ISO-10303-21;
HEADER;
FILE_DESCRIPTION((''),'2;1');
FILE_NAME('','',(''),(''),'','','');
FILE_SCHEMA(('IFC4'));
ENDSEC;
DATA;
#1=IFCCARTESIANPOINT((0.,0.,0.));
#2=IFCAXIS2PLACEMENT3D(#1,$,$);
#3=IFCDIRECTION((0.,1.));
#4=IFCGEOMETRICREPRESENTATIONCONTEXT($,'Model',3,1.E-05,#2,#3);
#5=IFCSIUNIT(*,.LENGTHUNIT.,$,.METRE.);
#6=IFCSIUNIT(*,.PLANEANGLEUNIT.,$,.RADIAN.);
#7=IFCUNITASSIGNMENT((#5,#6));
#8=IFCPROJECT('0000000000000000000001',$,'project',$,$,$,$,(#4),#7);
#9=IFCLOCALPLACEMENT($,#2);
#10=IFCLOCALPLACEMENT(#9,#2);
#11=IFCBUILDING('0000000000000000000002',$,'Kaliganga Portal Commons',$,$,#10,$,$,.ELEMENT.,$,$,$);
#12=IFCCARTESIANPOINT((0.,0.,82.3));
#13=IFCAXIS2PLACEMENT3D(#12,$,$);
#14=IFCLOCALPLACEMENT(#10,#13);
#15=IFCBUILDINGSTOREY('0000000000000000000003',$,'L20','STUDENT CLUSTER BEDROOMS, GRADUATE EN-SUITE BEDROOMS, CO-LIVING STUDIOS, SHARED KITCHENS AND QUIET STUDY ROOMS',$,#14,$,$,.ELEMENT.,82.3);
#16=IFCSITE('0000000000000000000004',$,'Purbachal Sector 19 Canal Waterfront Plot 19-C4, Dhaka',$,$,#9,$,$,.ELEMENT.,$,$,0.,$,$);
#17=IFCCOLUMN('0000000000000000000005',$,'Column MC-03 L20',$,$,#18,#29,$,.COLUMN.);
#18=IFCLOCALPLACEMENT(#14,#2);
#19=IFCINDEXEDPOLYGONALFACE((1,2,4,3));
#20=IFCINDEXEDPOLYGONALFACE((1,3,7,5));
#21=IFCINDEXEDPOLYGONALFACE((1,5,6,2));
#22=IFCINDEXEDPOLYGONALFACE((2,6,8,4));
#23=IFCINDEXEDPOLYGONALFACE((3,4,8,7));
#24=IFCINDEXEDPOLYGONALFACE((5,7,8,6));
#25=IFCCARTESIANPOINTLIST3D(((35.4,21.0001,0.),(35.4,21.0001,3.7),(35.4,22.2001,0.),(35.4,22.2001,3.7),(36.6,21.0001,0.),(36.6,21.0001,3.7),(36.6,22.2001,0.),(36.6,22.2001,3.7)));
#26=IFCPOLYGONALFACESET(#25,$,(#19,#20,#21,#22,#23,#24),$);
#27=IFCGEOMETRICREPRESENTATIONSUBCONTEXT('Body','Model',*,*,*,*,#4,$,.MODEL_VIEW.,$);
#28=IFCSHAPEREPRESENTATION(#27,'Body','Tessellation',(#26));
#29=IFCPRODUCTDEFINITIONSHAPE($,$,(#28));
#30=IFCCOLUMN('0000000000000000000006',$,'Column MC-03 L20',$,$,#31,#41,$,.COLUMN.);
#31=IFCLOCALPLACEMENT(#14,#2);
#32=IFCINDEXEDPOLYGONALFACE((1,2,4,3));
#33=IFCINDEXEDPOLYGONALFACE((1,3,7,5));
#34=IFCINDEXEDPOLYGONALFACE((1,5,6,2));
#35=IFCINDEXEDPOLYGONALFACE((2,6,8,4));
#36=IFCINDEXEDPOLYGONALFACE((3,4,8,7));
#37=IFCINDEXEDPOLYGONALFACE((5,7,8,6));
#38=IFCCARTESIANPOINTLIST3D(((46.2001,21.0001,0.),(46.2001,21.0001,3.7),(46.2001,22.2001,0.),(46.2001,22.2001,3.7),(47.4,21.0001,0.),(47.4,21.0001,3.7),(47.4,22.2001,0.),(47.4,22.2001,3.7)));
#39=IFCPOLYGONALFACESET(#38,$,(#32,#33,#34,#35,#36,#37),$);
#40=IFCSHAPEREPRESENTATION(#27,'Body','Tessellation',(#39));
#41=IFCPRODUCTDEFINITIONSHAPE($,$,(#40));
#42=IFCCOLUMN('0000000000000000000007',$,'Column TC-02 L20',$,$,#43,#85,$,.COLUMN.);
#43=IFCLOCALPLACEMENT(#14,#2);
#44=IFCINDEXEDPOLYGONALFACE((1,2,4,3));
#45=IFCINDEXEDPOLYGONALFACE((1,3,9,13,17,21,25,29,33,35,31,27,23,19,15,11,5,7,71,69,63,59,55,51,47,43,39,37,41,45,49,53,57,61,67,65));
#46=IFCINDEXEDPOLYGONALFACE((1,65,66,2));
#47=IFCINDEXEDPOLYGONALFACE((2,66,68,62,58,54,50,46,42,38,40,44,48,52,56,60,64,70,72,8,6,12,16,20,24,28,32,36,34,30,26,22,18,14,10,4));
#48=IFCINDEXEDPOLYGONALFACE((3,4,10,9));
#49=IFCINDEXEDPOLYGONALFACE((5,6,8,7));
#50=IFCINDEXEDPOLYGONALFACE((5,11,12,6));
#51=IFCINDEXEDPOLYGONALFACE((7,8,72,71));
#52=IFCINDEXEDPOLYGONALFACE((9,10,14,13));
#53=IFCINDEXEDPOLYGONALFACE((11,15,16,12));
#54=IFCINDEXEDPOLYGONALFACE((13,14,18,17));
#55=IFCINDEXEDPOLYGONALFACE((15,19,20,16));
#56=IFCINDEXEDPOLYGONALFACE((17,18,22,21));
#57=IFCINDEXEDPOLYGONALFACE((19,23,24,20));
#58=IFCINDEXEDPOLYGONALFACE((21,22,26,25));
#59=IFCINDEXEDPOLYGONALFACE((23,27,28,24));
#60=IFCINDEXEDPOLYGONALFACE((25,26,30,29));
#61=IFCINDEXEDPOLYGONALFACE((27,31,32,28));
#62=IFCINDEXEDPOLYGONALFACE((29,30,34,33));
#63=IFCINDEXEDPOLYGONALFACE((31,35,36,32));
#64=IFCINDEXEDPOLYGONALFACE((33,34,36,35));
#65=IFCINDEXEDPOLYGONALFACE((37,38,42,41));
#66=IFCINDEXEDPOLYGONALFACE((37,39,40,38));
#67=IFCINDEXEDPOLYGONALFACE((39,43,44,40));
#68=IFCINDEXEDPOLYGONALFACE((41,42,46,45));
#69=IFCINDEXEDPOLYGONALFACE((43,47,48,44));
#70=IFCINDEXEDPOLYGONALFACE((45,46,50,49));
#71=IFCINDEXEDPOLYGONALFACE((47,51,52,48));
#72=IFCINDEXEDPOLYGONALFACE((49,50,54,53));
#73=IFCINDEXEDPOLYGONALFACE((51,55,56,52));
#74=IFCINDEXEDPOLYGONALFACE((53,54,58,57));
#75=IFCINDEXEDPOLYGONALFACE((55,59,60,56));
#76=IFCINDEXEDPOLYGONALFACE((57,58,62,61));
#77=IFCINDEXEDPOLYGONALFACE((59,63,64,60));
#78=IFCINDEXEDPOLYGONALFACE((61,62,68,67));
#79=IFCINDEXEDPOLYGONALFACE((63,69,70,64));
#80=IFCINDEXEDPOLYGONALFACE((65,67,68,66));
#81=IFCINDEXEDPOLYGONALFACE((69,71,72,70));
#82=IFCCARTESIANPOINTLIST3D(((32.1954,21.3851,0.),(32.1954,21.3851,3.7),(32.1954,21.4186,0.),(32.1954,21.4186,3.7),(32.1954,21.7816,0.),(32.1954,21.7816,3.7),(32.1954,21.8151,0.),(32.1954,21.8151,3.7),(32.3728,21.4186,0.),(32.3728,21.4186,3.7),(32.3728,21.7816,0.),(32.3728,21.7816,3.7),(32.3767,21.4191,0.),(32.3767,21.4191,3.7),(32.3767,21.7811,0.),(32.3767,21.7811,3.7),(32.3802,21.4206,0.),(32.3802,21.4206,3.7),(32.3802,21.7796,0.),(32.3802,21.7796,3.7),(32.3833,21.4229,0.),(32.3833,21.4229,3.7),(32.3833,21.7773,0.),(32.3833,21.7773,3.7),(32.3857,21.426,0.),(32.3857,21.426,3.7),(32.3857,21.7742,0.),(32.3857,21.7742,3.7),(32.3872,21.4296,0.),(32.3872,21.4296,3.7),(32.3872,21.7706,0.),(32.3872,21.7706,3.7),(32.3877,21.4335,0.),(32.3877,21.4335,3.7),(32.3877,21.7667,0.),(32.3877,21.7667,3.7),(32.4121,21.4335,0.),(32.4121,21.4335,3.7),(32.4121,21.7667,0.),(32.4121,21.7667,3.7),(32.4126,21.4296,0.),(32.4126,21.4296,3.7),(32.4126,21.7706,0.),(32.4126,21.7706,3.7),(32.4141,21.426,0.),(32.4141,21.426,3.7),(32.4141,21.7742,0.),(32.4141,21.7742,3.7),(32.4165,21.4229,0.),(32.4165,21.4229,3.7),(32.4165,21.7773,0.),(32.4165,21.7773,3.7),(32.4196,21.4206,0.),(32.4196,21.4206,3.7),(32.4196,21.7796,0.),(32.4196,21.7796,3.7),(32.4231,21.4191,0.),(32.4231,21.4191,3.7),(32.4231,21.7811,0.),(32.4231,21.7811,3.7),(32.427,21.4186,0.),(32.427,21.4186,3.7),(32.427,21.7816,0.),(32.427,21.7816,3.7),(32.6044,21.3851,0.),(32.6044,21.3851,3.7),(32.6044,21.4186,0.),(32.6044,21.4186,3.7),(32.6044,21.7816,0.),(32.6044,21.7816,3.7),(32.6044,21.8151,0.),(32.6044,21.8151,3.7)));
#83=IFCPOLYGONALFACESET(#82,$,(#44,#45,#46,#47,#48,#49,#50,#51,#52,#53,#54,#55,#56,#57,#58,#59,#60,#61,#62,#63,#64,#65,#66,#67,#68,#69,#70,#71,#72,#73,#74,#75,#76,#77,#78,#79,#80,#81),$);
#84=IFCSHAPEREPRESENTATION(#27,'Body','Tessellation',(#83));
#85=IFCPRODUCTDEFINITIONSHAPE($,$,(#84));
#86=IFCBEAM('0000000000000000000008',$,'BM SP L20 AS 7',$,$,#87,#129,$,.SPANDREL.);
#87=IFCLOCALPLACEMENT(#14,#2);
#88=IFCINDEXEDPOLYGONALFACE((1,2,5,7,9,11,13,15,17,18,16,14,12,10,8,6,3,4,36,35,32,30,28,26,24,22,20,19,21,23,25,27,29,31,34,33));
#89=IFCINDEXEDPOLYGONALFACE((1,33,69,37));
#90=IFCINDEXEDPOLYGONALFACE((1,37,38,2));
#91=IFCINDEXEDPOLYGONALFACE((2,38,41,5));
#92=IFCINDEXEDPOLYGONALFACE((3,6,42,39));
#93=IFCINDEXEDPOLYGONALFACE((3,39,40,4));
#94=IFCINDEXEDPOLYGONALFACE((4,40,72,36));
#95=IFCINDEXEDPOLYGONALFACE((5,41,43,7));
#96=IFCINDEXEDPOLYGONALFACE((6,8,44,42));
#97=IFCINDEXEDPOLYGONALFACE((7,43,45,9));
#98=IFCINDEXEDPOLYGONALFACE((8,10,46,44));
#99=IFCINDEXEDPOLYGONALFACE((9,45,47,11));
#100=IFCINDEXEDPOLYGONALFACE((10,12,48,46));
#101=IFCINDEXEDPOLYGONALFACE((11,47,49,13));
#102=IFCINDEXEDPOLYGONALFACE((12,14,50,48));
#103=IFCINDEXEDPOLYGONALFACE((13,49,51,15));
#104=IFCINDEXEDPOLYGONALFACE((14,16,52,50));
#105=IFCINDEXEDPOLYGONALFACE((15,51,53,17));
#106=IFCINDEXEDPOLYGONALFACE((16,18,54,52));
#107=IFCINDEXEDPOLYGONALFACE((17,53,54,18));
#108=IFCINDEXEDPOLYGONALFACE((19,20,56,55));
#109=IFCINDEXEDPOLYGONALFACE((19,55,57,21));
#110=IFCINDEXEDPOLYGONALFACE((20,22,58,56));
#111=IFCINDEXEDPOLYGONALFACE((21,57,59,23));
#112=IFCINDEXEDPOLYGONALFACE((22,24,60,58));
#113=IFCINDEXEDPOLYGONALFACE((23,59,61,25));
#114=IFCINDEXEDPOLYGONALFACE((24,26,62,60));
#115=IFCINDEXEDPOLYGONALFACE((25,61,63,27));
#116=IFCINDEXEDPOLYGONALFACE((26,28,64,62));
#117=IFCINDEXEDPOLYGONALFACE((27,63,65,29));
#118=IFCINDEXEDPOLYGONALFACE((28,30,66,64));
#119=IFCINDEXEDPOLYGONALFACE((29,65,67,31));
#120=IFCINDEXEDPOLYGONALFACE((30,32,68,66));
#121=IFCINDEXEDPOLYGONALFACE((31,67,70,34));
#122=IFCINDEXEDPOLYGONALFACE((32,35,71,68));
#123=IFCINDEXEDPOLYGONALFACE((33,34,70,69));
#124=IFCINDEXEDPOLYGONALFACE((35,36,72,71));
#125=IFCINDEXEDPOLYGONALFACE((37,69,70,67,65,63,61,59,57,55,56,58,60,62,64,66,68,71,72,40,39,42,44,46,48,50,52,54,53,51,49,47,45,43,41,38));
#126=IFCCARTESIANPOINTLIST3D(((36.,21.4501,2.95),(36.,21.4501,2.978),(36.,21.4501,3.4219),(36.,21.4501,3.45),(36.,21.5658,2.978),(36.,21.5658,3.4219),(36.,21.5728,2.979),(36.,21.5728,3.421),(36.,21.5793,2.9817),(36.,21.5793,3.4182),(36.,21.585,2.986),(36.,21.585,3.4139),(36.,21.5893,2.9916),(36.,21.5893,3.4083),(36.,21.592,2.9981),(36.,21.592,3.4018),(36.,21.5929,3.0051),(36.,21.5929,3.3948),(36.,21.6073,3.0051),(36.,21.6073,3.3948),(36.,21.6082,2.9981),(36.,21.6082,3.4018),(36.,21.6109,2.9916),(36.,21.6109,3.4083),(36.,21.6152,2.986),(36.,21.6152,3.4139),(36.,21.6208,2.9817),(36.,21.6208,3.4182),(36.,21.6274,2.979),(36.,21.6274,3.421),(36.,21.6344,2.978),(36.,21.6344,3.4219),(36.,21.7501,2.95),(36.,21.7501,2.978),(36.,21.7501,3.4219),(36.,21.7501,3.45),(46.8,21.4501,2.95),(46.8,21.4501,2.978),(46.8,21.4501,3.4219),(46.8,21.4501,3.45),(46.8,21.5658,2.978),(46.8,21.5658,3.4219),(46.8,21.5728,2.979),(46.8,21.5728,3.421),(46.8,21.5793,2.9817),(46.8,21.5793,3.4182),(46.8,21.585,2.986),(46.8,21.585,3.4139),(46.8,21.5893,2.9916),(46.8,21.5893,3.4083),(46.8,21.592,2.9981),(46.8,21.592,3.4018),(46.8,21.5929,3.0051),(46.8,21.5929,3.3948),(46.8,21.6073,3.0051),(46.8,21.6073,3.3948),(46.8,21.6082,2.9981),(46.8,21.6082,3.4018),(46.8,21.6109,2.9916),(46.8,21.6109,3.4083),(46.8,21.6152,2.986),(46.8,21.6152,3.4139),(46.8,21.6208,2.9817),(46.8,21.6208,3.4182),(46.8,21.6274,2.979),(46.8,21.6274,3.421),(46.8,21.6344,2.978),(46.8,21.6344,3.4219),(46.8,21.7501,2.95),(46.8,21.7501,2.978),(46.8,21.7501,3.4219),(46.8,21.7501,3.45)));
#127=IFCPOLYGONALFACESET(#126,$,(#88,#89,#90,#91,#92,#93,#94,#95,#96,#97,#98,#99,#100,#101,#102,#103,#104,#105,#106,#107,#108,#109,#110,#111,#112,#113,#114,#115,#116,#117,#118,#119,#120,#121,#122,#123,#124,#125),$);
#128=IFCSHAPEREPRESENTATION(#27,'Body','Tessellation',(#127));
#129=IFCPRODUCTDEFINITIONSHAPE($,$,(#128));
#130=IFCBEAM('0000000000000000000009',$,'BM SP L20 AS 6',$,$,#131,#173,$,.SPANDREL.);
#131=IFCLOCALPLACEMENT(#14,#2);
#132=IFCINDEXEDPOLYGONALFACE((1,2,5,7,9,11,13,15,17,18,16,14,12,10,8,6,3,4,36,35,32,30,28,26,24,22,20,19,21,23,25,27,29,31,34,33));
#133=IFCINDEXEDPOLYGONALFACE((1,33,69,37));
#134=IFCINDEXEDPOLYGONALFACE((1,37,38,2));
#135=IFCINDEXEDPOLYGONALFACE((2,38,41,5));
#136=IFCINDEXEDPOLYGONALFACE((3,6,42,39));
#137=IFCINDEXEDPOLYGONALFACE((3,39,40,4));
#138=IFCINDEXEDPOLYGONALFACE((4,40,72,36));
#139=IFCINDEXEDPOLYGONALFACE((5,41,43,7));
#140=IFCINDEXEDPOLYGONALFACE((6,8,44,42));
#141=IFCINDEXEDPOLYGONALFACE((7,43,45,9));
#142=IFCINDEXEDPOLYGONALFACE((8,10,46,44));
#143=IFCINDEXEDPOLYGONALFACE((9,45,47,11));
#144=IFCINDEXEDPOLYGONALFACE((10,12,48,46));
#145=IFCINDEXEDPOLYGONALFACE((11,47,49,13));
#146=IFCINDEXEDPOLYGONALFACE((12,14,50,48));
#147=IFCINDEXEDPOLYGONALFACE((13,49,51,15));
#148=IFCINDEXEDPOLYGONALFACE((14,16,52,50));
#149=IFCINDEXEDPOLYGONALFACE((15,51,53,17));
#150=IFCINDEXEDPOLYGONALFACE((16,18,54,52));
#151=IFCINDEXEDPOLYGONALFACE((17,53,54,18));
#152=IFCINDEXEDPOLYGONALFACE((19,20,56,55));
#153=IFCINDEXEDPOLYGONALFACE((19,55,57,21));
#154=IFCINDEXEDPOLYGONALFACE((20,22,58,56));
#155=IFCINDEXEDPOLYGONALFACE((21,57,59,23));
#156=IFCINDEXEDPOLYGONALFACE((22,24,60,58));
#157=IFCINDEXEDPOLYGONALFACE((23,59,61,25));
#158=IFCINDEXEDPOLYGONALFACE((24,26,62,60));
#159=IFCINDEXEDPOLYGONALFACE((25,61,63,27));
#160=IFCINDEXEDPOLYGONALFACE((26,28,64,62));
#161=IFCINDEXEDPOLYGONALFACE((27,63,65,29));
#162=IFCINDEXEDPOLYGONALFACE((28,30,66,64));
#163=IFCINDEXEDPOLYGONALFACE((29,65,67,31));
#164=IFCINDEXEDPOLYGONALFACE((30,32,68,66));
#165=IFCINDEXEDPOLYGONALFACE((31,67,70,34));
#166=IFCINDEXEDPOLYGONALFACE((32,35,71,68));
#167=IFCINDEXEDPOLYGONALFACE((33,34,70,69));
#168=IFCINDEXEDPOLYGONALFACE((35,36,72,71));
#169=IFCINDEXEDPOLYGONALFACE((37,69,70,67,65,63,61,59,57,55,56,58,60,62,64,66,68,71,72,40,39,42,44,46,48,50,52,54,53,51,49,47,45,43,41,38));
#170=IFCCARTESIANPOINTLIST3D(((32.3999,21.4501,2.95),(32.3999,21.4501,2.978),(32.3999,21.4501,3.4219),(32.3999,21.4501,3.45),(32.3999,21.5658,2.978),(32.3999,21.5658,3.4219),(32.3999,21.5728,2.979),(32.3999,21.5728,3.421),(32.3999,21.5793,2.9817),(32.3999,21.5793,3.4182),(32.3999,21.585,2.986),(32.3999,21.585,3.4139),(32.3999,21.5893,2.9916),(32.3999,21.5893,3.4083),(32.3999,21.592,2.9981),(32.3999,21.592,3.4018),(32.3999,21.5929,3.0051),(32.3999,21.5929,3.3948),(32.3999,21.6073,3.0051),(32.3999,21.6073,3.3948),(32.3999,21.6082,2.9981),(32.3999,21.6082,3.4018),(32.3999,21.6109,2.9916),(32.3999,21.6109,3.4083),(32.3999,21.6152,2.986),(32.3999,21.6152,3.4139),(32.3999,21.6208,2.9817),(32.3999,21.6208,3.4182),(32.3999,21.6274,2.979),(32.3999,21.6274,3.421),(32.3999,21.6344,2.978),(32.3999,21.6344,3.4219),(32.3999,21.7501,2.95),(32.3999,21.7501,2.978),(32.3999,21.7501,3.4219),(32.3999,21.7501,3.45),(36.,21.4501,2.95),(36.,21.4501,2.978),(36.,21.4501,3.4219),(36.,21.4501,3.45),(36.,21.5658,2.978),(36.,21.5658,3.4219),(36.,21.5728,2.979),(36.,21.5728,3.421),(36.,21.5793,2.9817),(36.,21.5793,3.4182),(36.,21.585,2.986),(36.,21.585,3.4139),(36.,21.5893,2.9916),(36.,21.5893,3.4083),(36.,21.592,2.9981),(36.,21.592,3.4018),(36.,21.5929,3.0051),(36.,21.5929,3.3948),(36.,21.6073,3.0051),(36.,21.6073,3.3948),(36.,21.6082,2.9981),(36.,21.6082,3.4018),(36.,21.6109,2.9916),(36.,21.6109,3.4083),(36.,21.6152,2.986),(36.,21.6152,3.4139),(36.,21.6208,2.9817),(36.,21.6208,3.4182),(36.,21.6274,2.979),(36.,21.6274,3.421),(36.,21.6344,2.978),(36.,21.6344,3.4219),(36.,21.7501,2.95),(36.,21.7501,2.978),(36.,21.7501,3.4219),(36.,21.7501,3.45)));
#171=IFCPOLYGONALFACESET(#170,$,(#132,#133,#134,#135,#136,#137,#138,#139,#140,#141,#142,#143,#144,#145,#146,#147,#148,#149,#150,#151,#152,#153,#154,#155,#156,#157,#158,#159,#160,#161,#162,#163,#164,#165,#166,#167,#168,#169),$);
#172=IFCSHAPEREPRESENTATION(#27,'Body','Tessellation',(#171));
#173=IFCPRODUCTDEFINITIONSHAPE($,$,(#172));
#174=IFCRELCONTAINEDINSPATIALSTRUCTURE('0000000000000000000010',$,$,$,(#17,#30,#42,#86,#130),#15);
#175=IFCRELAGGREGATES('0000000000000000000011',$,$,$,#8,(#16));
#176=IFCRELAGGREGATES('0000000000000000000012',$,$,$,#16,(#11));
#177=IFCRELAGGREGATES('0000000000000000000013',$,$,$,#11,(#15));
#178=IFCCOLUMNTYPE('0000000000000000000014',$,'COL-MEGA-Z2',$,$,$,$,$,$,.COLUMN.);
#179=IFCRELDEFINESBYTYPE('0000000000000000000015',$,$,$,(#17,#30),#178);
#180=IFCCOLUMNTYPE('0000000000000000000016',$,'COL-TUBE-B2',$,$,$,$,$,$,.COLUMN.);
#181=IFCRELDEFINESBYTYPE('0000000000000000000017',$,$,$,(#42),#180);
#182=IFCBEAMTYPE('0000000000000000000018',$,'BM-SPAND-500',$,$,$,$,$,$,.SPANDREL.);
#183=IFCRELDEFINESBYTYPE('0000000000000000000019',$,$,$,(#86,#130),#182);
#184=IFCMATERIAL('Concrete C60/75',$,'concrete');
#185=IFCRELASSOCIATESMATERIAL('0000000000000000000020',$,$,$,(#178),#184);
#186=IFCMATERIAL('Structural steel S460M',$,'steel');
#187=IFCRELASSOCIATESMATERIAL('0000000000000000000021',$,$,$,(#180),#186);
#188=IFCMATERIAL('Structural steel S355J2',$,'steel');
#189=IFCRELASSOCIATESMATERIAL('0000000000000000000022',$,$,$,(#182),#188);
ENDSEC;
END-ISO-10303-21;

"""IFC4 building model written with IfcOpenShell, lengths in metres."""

from ifc_helpers import new_model, si_unit, direction, frame, origin, origin_2d, place, context, subcontext, project, spatial, rectangle, i_section, extrude, source, transform, mapped, material, material_profile, profile_set, type_object, element, save


model = new_model("IFC4")

# Units and contexts
model_context = context("Model", 3, precision=1e-05, world=origin(), true_north=direction((0.0, 1.0)))
body_context = subcontext(model_context, "Body", "Model", "MODEL_VIEW")
ifc_project = project(units=[si_unit("LENGTHUNIT", "METRE"), si_unit("PLANEANGLEUNIT", "RADIAN")], contexts=[model_context])

# Site, building, storey
site_placement = place(None, origin())
site = spatial("IfcSite", under=ifc_project, at=site_placement, Name="Purbachal Sector 19 Canal Waterfront Plot 19-C4, Dhaka", CompositionType="ELEMENT", RefElevation=0.0)
building_placement = place(site_placement, origin())
building = spatial("IfcBuilding", under=site, at=building_placement, Name="Kaliganga Portal Commons", CompositionType="ELEMENT")
storey_placement = place(building_placement, frame((0.0, 0.0, 82.3)))
storey = spatial("IfcBuildingStorey", under=building, at=storey_placement, Name="L20", Description="STUDENT CLUSTER BEDROOMS, GRADUATE EN-SUITE BEDROOMS, CO-LIVING STUDIOS, SHARED KITCHENS AND QUIET STUDY ROOMS", CompositionType="ELEMENT", Elevation=82.3)

# Columns
ifc_material_1 = material(Name="Concrete C60/75", Category="concrete")
ifc_material_profile_1 = material_profile(ifc_material_1, rectangle(XDim=1.2, YDim=1.2, at=origin_2d()), Name="RC 1200x1200")
ifc_profile_set_1 = profile_set([ifc_material_profile_1], Name="Concrete C60/75")
column_type_1 = type_object("IfcColumnType", Name="COL-MEGA-Z2", PredefinedType="COLUMN", material=ifc_profile_set_1)
shared_shape_1 = source(origin(), body_context, "Body", "SweptSolid", [
    extrude(rectangle(XDim=1.2, YDim=1.2, at=origin_2d()), origin(), (0.0, 0.0, 1.0), 3.7),
])
for number, where, z_axis, x_axis, name in (
    (1, (36.0, 21.6001, 0.0), (0.0, 0.0, 1.0), (1.0, 0.0, 0.0), "Column MC-03 L20"),
    (2, (46.8, 21.6001, 0.0), (0.0, 0.0, 1.0), (1.0, 0.0, 0.0), "Column MC-03 L20"),
):
    element("IfcColumn", number, at=place(storey_placement, frame(where, z_axis=z_axis, x_axis=x_axis)), inside=storey, type_object=column_type_1, Name=name, PredefinedType="COLUMN", context=body_context, shape_type="MappedRepresentation", body=[
        mapped(shared_shape_1, transform((0.0, 0.0, 0.0), x_axis=(1.0, 0.0, 0.0), y_axis=(0.0, 1.0, 0.0), z_axis=(0.0, 0.0, 1.0), scale=1.0)),
    ])
ifc_material_2 = material(Name="Structural steel S460M", Category="steel")
ifc_material_profile_2 = material_profile(ifc_material_2, i_section(OverallWidth=0.4089, OverallDepth=0.4299, WebThickness=0.0244, FlangeThickness=0.0334, FilletRadius=0.0149, at=origin_2d()), Name="HD 400x421")
ifc_profile_set_2 = profile_set([ifc_material_profile_2], Name="Structural steel S460M wide-flange")
column_type_2 = type_object("IfcColumnType", Name="COL-TUBE-B2", PredefinedType="COLUMN", material=ifc_profile_set_2)
shared_shape_2 = source(origin(), body_context, "Body", "SweptSolid", [
    extrude(i_section(OverallWidth=0.4089, OverallDepth=0.4299, WebThickness=0.0244, FlangeThickness=0.0334, FilletRadius=0.0149, at=origin_2d()), origin(), (0.0, 0.0, 1.0), 3.7),
])
column_placement = place(storey_placement, frame((32.3999, 21.6001, 0.0), z_axis=(0.0, 0.0, 1.0), x_axis=(1.0, 0.0, 0.0)))
element("IfcColumn", 3, at=column_placement, inside=storey, type_object=column_type_2, Name="Column TC-02 L20", PredefinedType="COLUMN", context=body_context, shape_type="MappedRepresentation", body=[
    mapped(shared_shape_2, transform((0.0, 0.0, 0.0), x_axis=(1.0, 0.0, 0.0), y_axis=(0.0, 1.0, 0.0), z_axis=(0.0, 0.0, 1.0), scale=1.0)),
])

# Beams
ifc_material_3 = material(Name="Structural steel S355J2", Category="steel")
ifc_material_profile_3 = material_profile(ifc_material_3, i_section(OverallWidth=0.3, OverallDepth=0.5, WebThickness=0.0144, FlangeThickness=0.0281, FilletRadius=0.0271, at=origin_2d()), Name="HE 500 B")
ifc_profile_set_3 = profile_set([ifc_material_profile_3], Name="Structural steel S355J2 wide-flange")
beam_type_1 = type_object("IfcBeamType", Name="BM-SPAND-500", PredefinedType="SPANDREL", material=ifc_profile_set_3)
shared_shape_3 = source(origin(), body_context, "Body", "SweptSolid", [
    extrude(i_section(OverallWidth=0.3, OverallDepth=0.5, WebThickness=0.0144, FlangeThickness=0.0281, FilletRadius=0.0271, at=origin_2d()), origin(), (0.0, 0.0, 1.0), 10.8),
])
beam_1_placement = place(storey_placement, frame((36.0, 21.6001, 3.2), z_axis=(1.0, 0.0, 0.0), x_axis=(0.0, 1.0, 0.0)))
element("IfcBeam", 4, at=beam_1_placement, inside=storey, type_object=beam_type_1, Name="BM SP L20 AS 7", PredefinedType="SPANDREL", context=body_context, shape_type="MappedRepresentation", body=[
    mapped(shared_shape_3, transform((0.0, 0.0, 0.0), x_axis=(1.0, 0.0, 0.0), y_axis=(0.0, 1.0, 0.0), z_axis=(0.0, 0.0, 1.0), scale=1.0)),
])
shared_shape_4 = source(origin(), body_context, "Body", "SweptSolid", [
    extrude(i_section(OverallWidth=0.3, OverallDepth=0.5, WebThickness=0.0144, FlangeThickness=0.0281, FilletRadius=0.0271, at=origin_2d()), origin(), (0.0, 0.0, 1.0), 3.6001),
])
beam_2_placement = place(storey_placement, frame((32.3999, 21.6001, 3.2), z_axis=(1.0, 0.0, 0.0), x_axis=(0.0, 1.0, 0.0)))
element("IfcBeam", 5, at=beam_2_placement, inside=storey, type_object=beam_type_1, Name="BM SP L20 AS 6", PredefinedType="SPANDREL", context=body_context, shape_type="MappedRepresentation", body=[
    mapped(shared_shape_4, transform((0.0, 0.0, 0.0), x_axis=(1.0, 0.0, 0.0), y_axis=(0.0, 1.0, 0.0), z_axis=(0.0, 0.0, 1.0), scale=1.0)),
])

save(model, "model.ifc")
